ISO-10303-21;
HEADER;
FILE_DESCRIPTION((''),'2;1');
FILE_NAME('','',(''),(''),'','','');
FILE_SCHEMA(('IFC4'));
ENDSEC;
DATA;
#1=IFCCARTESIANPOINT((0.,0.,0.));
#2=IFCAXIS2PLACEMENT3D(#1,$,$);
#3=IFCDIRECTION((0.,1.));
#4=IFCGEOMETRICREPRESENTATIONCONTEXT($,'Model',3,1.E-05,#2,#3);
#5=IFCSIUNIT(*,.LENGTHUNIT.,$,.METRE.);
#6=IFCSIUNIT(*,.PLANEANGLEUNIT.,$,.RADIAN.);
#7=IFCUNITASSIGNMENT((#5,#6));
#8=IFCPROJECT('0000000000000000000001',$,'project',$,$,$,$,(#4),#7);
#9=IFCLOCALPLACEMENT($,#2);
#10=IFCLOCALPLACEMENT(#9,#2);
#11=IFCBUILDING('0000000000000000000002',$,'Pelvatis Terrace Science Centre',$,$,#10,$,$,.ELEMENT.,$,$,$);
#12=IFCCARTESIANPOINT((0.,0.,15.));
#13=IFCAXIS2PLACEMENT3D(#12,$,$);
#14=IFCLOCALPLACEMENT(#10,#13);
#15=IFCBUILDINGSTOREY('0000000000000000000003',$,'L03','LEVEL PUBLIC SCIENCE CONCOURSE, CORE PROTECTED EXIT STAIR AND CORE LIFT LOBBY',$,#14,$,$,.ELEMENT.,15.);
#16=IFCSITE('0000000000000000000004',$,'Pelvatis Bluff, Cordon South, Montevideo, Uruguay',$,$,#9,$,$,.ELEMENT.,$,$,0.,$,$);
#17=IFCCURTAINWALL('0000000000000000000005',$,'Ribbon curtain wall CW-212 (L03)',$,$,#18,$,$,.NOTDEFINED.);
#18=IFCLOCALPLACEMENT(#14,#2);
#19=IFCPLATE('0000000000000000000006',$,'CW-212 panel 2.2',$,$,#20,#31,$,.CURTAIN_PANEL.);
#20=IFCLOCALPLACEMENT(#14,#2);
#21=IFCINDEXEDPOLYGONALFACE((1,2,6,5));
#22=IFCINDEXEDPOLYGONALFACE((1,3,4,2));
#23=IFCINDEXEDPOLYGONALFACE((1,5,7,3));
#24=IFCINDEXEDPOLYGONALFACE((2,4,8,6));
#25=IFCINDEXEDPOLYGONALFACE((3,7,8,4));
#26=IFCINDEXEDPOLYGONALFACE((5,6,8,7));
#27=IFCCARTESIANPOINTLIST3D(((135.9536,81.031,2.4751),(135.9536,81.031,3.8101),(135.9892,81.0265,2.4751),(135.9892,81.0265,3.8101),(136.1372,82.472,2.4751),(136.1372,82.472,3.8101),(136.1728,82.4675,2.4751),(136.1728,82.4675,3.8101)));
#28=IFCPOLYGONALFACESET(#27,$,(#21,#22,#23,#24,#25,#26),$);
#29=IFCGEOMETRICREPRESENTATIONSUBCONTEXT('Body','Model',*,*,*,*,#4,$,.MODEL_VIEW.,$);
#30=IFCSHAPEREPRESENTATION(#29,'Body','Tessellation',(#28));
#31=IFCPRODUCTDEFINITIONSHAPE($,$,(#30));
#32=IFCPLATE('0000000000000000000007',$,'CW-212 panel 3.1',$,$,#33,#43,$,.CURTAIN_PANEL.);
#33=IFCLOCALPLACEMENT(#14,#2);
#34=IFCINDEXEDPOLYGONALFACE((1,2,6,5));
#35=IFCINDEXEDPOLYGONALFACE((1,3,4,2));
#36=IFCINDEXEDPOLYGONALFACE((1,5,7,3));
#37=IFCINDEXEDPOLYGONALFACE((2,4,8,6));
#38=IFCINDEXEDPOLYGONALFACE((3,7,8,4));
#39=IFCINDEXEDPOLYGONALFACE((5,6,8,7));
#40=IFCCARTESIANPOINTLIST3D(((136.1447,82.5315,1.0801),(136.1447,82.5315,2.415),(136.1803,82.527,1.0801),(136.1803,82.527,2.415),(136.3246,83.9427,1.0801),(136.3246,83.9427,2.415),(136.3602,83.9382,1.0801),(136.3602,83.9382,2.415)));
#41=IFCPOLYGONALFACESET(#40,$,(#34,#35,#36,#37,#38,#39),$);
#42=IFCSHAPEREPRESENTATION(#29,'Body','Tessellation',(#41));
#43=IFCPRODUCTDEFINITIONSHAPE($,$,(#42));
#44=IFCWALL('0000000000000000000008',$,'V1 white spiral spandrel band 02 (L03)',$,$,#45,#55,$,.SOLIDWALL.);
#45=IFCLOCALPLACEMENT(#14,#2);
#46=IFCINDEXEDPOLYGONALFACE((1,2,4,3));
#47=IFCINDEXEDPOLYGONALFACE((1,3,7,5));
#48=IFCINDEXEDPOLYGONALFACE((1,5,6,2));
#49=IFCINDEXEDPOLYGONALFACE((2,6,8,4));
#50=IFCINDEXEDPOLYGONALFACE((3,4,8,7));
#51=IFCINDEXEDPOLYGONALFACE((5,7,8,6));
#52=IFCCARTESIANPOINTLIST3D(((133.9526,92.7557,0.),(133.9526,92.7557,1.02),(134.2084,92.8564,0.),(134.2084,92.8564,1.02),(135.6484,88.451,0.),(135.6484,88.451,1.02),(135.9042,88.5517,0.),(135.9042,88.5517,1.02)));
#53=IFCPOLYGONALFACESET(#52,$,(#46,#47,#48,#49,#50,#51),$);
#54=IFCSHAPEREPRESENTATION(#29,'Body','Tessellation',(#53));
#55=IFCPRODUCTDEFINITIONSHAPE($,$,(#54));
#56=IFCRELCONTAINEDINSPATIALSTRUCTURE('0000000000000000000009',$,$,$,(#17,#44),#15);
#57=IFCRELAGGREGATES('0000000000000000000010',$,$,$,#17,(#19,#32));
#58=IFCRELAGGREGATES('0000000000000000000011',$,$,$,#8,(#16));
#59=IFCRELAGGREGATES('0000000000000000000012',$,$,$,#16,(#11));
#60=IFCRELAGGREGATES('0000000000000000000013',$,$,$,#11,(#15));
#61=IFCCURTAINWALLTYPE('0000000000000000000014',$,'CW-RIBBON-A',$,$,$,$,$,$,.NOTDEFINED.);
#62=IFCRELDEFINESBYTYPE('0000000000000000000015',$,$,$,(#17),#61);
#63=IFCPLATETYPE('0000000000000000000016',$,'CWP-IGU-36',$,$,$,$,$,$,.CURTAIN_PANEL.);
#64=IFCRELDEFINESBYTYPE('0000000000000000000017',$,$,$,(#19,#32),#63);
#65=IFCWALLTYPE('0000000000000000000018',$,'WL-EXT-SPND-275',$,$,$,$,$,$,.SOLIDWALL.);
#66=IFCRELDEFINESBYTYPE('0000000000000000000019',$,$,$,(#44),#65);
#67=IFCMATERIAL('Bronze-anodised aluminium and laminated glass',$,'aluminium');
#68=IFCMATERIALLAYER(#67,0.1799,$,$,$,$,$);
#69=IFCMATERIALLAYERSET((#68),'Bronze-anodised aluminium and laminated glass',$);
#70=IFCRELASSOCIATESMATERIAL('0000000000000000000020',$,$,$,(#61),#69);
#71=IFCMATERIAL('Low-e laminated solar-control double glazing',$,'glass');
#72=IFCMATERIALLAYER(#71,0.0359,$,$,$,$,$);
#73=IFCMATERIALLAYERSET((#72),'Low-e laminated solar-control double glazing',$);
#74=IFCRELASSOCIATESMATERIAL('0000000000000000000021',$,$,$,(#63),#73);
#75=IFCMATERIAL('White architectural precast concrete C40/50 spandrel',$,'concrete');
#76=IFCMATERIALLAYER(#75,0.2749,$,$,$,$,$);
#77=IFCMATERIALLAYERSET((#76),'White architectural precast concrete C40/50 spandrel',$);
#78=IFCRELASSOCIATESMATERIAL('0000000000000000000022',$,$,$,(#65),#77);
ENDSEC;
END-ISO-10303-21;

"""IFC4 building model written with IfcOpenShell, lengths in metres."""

from ifc_helpers import new_model, si_unit, direction, frame, frame_2d, origin, origin_2d, place, context, subcontext, project, spatial, rectangle, extrude, material, layer, layer_set, type_object, element, aggregate, save


model = new_model("IFC4")

# Units and contexts
model_context = context("Model", 3, precision=1e-05, world=origin(), true_north=direction((0.0, 1.0)))
body_context = subcontext(model_context, "Body", "Model", "MODEL_VIEW")
ifc_project = project(units=[si_unit("LENGTHUNIT", "METRE"), si_unit("PLANEANGLEUNIT", "RADIAN")], contexts=[model_context])

# Site, building, storey
site_placement = place(None, origin())
site = spatial("IfcSite", under=ifc_project, at=site_placement, Name="Pelvatis Bluff, Cordon South, Montevideo, Uruguay", CompositionType="ELEMENT", RefElevation=0.0)
building_placement = place(site_placement, origin())
building = spatial("IfcBuilding", under=site, at=building_placement, Name="Pelvatis Terrace Science Centre", CompositionType="ELEMENT")
storey_placement = place(building_placement, frame((0.0, 0.0, 15.0)))
storey = spatial("IfcBuildingStorey", under=building, at=storey_placement, Name="L03", Description="LEVEL PUBLIC SCIENCE CONCOURSE, CORE PROTECTED EXIT STAIR AND CORE LIFT LOBBY", CompositionType="ELEMENT", Elevation=15.0)

# Shared definitions
ifc_material_1 = material(Name="Bronze-anodised aluminium and laminated glass", Category="aluminium")
ifc_layer_1 = layer(ifc_material_1, 0.1799)
ifc_layer_set_1 = layer_set([ifc_layer_1], Name="Bronze-anodised aluminium and laminated glass")
curtain_wall_type = type_object("IfcCurtainWallType", Name="CW-RIBBON-A", PredefinedType="NOTDEFINED", material=ifc_layer_set_1)

# Curtain wall
curtain_wall_1_placement = place(storey_placement, origin())
curtain_wall_1 = element("IfcCurtainWall", 1, at=curtain_wall_1_placement, inside=storey, type_object=curtain_wall_type, Name="Ribbon curtain wall CW-212 (L03)", PredefinedType="NOTDEFINED")

# Plates
ifc_material_2 = material(Name="Low-e laminated solar-control double glazing", Category="glass")
ifc_layer_2 = layer(ifc_material_2, 0.0359)
ifc_layer_set_2 = layer_set([ifc_layer_2], Name="Low-e laminated solar-control double glazing")
plate_type = type_object("IfcPlateType", Name="CWP-IGU-36", PredefinedType="CURTAIN_PANEL", material=ifc_layer_set_2)
plate_1_placement = place(storey_placement, frame((136.0632, 81.7493, 2.4751), z_axis=(0.0, 0.0, 1.0), x_axis=(0.126408, 0.991978, 0.0)))
plate_1 = element("IfcPlate", 2, at=plate_1_placement, type_object=plate_type, Name="CW-212 panel 2.2", PredefinedType="CURTAIN_PANEL", context=body_context, shape_type="SweptSolid", body=[
    extrude(rectangle(XDim=1.4526, YDim=0.0359, at=origin_2d()), origin(), (0.0, 0.0, 1.0), 1.335),
])
plate_2_placement = place(storey_placement, frame((136.2524, 83.2349, 1.0801), z_axis=(0.0, 0.0, 1.0), x_axis=(0.126408, 0.991978, 0.0)))
plate_2 = element("IfcPlate", 3, at=plate_2_placement, type_object=plate_type, Name="CW-212 panel 3.1", PredefinedType="CURTAIN_PANEL", context=body_context, shape_type="SweptSolid", body=[
    extrude(rectangle(XDim=1.4226, YDim=0.0359, at=origin_2d()), origin(), (0.0, 0.0, 1.0), 1.335),
])
aggregate(curtain_wall_1, [plate_1, plate_2])

# Wall
ifc_material_3 = material(Name="White architectural precast concrete C40/50 spandrel", Category="concrete")
ifc_layer_3 = layer(ifc_material_3, 0.2749)
ifc_layer_set_3 = layer_set([ifc_layer_3], Name="White architectural precast concrete C40/50 spandrel")
wall_type = type_object("IfcWallType", Name="WL-EXT-SPND-275", PredefinedType="SOLIDWALL", material=ifc_layer_set_3)
wall_placement = place(storey_placement, frame((135.7764, 88.5012, 0.0), z_axis=(0.0, 0.0, 1.0), x_axis=(-0.366527, 0.930407, 0.0)))
element("IfcWall", 4, at=wall_placement, inside=storey, type_object=wall_type, Name="V1 white spiral spandrel band 02 (L03)", PredefinedType="SOLIDWALL", context=body_context, shape_type="SweptSolid", body=[
    extrude(rectangle(XDim=4.6267, YDim=0.2749, at=frame_2d((2.3135, 0.0))), origin(), (0.0, 0.0, 1.0), 1.02),
])

save(model, "model.ifc")
